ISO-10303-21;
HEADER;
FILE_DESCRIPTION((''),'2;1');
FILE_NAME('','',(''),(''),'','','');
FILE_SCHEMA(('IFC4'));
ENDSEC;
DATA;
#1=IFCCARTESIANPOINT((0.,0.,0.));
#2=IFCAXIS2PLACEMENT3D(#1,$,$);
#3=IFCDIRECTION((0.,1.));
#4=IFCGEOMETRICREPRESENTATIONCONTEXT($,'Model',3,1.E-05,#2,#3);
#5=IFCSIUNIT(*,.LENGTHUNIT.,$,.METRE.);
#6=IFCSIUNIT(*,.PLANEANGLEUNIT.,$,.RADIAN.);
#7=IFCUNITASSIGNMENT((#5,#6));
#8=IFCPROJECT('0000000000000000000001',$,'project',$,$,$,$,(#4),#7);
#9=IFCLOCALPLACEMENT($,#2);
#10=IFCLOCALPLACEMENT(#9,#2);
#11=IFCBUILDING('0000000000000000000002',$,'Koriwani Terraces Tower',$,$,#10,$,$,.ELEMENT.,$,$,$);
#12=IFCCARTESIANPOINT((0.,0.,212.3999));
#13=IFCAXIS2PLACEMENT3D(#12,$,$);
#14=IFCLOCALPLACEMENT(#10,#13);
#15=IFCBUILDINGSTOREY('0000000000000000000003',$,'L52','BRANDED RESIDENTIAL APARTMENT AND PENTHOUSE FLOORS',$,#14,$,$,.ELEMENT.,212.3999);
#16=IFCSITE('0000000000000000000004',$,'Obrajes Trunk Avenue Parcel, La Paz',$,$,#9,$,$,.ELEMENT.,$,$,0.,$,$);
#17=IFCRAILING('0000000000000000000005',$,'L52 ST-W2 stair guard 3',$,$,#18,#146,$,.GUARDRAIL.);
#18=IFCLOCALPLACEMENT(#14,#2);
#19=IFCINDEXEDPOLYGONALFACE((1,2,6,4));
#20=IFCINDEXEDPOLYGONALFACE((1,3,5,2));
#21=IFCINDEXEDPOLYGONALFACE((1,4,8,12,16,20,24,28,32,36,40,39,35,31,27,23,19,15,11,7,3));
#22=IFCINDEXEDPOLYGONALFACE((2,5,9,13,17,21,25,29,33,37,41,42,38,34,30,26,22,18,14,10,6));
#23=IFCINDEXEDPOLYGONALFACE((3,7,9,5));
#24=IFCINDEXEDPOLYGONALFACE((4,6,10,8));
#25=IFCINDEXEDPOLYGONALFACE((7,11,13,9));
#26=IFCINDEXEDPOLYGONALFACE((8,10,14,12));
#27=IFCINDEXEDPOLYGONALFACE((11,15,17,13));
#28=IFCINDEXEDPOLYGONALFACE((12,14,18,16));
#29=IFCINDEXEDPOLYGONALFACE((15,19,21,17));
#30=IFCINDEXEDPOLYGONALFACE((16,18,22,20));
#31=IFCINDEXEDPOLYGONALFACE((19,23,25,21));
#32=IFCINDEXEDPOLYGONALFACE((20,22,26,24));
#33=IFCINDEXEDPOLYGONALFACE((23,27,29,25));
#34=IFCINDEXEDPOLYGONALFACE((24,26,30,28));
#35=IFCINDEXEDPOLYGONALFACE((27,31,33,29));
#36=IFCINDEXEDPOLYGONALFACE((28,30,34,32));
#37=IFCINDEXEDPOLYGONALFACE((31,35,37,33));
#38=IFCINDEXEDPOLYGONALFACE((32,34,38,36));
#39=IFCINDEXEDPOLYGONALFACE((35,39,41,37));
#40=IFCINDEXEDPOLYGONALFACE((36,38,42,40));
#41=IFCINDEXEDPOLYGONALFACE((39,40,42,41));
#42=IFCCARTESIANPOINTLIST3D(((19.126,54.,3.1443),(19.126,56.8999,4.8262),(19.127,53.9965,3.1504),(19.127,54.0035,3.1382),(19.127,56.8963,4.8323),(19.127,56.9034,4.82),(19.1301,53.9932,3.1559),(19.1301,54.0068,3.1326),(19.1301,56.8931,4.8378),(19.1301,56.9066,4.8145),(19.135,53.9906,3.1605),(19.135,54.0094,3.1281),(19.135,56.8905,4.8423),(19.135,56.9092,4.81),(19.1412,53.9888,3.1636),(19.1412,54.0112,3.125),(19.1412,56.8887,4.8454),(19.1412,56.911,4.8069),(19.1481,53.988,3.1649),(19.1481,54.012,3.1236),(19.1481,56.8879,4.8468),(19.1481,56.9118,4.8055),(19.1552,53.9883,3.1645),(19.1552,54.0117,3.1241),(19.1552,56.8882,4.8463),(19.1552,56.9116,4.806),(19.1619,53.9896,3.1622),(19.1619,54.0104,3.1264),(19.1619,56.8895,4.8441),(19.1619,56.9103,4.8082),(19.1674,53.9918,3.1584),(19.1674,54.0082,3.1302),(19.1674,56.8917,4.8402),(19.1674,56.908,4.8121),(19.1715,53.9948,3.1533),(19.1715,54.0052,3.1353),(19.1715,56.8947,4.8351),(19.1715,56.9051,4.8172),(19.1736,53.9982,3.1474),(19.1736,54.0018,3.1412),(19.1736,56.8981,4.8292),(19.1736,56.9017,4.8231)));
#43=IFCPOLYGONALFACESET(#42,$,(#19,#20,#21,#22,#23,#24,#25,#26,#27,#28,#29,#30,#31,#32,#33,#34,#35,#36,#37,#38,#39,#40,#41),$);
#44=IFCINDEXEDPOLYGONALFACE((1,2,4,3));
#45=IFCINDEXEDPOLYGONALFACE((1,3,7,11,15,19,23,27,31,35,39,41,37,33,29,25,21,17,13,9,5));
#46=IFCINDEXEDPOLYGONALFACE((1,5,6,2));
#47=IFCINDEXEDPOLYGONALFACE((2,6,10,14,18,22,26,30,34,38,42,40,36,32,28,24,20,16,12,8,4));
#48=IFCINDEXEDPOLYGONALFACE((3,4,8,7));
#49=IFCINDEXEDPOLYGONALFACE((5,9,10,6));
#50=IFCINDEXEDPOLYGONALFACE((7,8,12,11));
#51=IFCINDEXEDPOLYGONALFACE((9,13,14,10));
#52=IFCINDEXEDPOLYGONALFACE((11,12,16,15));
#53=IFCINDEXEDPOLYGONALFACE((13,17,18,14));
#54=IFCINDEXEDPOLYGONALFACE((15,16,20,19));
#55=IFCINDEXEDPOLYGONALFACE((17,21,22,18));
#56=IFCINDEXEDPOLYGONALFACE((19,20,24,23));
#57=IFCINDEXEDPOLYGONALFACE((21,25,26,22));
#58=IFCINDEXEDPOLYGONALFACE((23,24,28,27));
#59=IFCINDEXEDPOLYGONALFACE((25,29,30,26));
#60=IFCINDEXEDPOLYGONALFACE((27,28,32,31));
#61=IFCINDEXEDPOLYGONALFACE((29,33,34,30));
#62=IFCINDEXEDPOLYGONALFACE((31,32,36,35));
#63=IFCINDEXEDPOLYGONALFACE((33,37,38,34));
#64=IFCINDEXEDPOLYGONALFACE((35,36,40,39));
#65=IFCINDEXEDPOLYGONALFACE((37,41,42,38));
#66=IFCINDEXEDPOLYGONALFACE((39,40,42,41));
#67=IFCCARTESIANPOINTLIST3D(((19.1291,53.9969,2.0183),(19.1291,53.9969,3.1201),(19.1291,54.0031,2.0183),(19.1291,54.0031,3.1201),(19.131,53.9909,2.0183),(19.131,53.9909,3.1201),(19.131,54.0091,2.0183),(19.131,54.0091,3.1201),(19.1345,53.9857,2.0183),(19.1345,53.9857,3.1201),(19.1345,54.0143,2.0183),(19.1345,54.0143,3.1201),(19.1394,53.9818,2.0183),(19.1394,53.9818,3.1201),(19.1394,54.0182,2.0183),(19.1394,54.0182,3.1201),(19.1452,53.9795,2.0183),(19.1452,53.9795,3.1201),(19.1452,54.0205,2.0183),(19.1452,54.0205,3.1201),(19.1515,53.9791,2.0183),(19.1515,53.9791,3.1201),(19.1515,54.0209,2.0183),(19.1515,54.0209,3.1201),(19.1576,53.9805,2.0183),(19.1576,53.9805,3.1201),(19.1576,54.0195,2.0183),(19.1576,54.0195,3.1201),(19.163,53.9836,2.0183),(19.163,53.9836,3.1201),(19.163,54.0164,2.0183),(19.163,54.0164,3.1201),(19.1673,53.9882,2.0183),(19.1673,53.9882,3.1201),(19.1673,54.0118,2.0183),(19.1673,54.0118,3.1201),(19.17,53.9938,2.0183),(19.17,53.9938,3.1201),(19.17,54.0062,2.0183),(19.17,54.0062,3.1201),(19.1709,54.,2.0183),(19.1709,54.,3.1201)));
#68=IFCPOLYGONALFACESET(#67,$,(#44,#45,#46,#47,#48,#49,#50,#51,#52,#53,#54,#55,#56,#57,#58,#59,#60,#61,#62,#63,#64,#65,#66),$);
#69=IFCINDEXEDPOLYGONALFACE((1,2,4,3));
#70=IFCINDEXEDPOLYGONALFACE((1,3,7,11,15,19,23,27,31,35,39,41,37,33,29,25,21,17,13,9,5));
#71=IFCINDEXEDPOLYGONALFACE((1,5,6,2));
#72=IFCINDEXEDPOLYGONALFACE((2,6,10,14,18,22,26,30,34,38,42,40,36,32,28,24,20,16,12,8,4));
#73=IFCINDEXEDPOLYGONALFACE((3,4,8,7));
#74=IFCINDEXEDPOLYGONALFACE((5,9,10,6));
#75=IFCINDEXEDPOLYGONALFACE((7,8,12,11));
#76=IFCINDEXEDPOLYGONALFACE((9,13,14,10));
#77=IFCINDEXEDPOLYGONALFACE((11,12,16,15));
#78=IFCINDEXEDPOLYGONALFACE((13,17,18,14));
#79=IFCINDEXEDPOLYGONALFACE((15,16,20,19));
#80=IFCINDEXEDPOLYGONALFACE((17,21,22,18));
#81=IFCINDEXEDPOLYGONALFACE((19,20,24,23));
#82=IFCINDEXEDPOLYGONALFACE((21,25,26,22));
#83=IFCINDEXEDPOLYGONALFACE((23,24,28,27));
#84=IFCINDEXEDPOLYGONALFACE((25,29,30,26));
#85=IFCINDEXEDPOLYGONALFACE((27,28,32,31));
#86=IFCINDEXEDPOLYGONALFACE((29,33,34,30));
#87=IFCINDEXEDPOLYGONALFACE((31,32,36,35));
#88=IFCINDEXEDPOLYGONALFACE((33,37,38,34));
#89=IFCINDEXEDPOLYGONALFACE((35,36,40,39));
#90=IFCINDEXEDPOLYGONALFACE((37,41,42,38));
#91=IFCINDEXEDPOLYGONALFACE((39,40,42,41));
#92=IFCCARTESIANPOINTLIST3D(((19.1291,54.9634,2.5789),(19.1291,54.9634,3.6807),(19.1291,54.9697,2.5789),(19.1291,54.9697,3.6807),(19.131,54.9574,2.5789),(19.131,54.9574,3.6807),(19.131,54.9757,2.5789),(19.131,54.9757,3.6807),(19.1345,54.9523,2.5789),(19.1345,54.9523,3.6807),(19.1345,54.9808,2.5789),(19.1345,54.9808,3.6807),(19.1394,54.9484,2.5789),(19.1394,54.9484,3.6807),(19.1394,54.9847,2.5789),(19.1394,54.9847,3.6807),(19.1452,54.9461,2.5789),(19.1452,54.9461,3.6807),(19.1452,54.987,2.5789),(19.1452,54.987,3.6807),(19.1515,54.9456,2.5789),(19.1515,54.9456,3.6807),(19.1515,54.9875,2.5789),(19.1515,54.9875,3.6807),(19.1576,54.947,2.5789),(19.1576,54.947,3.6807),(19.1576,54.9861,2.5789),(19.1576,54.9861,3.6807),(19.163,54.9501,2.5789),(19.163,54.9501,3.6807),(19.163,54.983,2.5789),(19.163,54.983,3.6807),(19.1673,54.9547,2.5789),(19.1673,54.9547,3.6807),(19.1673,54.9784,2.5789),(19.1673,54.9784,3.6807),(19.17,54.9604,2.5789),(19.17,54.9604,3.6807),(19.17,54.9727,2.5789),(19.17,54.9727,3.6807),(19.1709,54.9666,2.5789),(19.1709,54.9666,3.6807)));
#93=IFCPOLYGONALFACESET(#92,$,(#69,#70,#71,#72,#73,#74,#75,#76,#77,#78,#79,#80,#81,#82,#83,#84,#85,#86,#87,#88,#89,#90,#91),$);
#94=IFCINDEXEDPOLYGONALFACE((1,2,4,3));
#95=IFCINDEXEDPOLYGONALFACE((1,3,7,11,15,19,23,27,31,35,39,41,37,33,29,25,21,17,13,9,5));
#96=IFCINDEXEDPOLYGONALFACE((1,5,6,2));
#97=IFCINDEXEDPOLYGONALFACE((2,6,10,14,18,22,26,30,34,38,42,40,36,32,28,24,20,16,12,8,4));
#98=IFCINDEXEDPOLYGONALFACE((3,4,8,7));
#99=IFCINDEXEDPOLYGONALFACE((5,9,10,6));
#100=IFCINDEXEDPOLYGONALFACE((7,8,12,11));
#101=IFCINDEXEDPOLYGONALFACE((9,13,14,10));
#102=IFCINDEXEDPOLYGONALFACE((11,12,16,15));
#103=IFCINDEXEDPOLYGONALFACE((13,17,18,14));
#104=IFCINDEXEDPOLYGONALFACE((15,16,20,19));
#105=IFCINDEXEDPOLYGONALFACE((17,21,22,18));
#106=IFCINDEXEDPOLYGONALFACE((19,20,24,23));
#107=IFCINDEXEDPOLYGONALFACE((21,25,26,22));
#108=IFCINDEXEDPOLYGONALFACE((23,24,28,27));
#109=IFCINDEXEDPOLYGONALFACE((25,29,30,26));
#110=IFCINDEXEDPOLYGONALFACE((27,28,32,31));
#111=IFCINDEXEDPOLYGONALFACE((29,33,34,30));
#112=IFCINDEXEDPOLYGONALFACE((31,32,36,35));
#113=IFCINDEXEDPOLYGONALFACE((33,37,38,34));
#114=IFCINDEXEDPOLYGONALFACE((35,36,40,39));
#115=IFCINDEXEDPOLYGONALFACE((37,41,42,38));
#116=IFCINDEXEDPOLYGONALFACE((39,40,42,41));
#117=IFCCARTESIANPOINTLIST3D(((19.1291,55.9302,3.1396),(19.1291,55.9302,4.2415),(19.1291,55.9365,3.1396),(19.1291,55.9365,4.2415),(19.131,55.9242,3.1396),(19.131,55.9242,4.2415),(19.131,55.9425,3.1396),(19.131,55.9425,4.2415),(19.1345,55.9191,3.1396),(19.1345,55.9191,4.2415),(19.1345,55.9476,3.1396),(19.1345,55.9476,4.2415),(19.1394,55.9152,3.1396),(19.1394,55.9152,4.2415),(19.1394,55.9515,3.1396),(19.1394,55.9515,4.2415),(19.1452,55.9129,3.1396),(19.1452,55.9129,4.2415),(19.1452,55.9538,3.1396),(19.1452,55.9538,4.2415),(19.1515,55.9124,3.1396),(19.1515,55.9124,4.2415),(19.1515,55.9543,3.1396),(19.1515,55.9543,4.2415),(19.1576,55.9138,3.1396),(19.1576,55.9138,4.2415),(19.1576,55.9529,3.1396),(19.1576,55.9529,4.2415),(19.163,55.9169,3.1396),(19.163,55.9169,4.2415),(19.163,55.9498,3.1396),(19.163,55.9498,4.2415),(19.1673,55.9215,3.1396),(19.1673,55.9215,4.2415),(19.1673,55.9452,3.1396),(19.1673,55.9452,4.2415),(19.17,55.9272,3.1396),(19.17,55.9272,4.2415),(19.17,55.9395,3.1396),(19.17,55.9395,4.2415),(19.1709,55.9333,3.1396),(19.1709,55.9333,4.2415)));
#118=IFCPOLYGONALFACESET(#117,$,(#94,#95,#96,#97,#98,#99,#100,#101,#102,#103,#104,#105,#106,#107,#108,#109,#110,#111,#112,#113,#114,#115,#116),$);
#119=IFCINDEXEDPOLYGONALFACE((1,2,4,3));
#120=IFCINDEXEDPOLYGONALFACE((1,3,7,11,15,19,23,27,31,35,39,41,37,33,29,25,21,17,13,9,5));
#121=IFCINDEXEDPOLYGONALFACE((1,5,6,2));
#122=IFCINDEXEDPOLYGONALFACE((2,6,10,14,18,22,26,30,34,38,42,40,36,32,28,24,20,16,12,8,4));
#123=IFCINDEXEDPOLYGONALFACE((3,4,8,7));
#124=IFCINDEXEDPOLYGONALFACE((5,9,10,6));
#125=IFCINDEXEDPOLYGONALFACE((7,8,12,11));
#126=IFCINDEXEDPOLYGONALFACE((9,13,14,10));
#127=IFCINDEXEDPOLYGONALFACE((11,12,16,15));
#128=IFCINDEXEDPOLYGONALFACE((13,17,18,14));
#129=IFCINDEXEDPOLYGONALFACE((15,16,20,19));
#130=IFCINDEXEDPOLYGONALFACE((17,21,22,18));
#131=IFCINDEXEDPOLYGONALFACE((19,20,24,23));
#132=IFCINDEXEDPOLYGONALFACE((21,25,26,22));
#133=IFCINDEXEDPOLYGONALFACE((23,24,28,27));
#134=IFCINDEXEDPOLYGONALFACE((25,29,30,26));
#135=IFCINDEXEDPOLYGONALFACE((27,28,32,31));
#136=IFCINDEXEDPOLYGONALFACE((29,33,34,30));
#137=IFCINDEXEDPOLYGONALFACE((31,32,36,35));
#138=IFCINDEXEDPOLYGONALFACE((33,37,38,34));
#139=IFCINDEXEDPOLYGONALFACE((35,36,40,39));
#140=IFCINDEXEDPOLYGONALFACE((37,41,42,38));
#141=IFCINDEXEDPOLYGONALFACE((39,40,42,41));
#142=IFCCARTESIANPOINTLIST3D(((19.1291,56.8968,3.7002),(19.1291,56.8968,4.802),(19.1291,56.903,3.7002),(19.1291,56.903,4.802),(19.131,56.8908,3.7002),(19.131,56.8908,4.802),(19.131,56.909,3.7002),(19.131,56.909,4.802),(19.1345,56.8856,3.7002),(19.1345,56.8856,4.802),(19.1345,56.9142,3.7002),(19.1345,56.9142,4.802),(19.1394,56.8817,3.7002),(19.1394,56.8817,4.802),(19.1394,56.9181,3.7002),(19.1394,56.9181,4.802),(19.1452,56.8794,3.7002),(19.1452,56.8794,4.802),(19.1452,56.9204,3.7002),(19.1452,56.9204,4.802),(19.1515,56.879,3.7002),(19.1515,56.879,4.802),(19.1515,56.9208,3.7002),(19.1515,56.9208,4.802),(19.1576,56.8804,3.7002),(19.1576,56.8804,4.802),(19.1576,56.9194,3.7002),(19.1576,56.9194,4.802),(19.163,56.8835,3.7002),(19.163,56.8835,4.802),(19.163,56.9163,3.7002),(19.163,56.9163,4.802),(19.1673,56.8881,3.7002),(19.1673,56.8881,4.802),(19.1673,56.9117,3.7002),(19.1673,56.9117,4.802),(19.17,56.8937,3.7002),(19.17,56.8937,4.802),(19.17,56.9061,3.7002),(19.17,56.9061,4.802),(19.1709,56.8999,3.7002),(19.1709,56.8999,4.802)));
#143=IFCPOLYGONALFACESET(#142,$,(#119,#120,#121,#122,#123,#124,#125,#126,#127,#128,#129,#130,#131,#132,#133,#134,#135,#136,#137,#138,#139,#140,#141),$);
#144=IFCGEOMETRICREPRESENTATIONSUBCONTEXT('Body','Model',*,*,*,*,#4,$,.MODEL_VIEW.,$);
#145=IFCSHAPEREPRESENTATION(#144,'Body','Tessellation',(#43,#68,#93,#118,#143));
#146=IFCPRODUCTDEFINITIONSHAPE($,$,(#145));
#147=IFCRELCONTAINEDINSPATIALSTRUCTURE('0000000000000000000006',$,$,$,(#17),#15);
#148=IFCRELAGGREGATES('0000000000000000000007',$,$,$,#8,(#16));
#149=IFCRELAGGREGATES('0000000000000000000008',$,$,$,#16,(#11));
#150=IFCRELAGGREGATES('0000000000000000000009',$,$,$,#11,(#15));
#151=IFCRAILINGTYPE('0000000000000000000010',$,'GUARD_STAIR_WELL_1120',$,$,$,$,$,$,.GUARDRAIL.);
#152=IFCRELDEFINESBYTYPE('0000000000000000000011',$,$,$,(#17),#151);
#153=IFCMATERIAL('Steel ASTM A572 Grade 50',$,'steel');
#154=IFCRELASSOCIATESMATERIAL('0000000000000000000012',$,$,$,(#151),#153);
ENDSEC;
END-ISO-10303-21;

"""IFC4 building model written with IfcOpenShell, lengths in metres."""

from ifc_helpers import new_model, si_unit, direction, frame, origin, origin_2d, place, context, subcontext, project, spatial, circle, extrude, material, type_object, element, save


model = new_model("IFC4")

# Units and contexts
model_context = context("Model", 3, precision=1e-05, world=origin(), true_north=direction((0.0, 1.0)))
body_context = subcontext(model_context, "Body", "Model", "MODEL_VIEW")
ifc_project = project(units=[si_unit("LENGTHUNIT", "METRE"), si_unit("PLANEANGLEUNIT", "RADIAN")], contexts=[model_context])

# Site, building, storey
site_placement = place(None, origin())
site = spatial("IfcSite", under=ifc_project, at=site_placement, Name="Obrajes Trunk Avenue Parcel, La Paz", CompositionType="ELEMENT", RefElevation=0.0)
building_placement = place(site_placement, origin())
building = spatial("IfcBuilding", under=site, at=building_placement, Name="Koriwani Terraces Tower", CompositionType="ELEMENT")
storey_placement = place(building_placement, frame((0.0, 0.0, 212.3999)))
storey = spatial("IfcBuildingStorey", under=building, at=storey_placement, Name="L52", Description="BRANDED RESIDENTIAL APARTMENT AND PENTHOUSE FLOORS", CompositionType="ELEMENT", Elevation=212.3999)

# Shared definitions
ifc_material_1 = material(Name="Steel ASTM A572 Grade 50", Category="steel")

# Railing
railing_type_1 = type_object("IfcRailingType", Name="GUARD_STAIR_WELL_1120", PredefinedType="GUARDRAIL", material=ifc_material_1)
railing_1_placement = place(storey_placement, frame((19.1499, 54.0, 2.0183)))
element("IfcRailing", 1, at=railing_1_placement, inside=storey, type_object=railing_type_1, Name="L52 ST-W2 stair guard 3", PredefinedType="GUARDRAIL", context=body_context, shape_type="SweptSolid", body=[
    extrude(circle(Radius=0.0239, at=origin_2d()), frame((0.0, 0.0, 1.126), z_axis=(0.0, 0.865039, 0.501705), x_axis=(-1.0, 0.0, 0.0)), (0.0, 0.0, 1.0), 3.3523),
    extrude(circle(Radius=0.021, at=origin_2d()), origin(), (0.0, 0.0, 1.0), 1.1018),
    extrude(circle(Radius=0.021, at=origin_2d()), frame((0.0, 0.9666, 0.5605)), (0.0, 0.0, 1.0), 1.1018),
    extrude(circle(Radius=0.021, at=origin_2d()), frame((0.0, 1.9333, 1.1213)), (0.0, 0.0, 1.0), 1.1018),
    extrude(circle(Radius=0.021, at=origin_2d()), frame((0.0, 2.8999, 1.6819)), (0.0, 0.0, 1.0), 1.1018),
])

save(model, "model.ifc")
